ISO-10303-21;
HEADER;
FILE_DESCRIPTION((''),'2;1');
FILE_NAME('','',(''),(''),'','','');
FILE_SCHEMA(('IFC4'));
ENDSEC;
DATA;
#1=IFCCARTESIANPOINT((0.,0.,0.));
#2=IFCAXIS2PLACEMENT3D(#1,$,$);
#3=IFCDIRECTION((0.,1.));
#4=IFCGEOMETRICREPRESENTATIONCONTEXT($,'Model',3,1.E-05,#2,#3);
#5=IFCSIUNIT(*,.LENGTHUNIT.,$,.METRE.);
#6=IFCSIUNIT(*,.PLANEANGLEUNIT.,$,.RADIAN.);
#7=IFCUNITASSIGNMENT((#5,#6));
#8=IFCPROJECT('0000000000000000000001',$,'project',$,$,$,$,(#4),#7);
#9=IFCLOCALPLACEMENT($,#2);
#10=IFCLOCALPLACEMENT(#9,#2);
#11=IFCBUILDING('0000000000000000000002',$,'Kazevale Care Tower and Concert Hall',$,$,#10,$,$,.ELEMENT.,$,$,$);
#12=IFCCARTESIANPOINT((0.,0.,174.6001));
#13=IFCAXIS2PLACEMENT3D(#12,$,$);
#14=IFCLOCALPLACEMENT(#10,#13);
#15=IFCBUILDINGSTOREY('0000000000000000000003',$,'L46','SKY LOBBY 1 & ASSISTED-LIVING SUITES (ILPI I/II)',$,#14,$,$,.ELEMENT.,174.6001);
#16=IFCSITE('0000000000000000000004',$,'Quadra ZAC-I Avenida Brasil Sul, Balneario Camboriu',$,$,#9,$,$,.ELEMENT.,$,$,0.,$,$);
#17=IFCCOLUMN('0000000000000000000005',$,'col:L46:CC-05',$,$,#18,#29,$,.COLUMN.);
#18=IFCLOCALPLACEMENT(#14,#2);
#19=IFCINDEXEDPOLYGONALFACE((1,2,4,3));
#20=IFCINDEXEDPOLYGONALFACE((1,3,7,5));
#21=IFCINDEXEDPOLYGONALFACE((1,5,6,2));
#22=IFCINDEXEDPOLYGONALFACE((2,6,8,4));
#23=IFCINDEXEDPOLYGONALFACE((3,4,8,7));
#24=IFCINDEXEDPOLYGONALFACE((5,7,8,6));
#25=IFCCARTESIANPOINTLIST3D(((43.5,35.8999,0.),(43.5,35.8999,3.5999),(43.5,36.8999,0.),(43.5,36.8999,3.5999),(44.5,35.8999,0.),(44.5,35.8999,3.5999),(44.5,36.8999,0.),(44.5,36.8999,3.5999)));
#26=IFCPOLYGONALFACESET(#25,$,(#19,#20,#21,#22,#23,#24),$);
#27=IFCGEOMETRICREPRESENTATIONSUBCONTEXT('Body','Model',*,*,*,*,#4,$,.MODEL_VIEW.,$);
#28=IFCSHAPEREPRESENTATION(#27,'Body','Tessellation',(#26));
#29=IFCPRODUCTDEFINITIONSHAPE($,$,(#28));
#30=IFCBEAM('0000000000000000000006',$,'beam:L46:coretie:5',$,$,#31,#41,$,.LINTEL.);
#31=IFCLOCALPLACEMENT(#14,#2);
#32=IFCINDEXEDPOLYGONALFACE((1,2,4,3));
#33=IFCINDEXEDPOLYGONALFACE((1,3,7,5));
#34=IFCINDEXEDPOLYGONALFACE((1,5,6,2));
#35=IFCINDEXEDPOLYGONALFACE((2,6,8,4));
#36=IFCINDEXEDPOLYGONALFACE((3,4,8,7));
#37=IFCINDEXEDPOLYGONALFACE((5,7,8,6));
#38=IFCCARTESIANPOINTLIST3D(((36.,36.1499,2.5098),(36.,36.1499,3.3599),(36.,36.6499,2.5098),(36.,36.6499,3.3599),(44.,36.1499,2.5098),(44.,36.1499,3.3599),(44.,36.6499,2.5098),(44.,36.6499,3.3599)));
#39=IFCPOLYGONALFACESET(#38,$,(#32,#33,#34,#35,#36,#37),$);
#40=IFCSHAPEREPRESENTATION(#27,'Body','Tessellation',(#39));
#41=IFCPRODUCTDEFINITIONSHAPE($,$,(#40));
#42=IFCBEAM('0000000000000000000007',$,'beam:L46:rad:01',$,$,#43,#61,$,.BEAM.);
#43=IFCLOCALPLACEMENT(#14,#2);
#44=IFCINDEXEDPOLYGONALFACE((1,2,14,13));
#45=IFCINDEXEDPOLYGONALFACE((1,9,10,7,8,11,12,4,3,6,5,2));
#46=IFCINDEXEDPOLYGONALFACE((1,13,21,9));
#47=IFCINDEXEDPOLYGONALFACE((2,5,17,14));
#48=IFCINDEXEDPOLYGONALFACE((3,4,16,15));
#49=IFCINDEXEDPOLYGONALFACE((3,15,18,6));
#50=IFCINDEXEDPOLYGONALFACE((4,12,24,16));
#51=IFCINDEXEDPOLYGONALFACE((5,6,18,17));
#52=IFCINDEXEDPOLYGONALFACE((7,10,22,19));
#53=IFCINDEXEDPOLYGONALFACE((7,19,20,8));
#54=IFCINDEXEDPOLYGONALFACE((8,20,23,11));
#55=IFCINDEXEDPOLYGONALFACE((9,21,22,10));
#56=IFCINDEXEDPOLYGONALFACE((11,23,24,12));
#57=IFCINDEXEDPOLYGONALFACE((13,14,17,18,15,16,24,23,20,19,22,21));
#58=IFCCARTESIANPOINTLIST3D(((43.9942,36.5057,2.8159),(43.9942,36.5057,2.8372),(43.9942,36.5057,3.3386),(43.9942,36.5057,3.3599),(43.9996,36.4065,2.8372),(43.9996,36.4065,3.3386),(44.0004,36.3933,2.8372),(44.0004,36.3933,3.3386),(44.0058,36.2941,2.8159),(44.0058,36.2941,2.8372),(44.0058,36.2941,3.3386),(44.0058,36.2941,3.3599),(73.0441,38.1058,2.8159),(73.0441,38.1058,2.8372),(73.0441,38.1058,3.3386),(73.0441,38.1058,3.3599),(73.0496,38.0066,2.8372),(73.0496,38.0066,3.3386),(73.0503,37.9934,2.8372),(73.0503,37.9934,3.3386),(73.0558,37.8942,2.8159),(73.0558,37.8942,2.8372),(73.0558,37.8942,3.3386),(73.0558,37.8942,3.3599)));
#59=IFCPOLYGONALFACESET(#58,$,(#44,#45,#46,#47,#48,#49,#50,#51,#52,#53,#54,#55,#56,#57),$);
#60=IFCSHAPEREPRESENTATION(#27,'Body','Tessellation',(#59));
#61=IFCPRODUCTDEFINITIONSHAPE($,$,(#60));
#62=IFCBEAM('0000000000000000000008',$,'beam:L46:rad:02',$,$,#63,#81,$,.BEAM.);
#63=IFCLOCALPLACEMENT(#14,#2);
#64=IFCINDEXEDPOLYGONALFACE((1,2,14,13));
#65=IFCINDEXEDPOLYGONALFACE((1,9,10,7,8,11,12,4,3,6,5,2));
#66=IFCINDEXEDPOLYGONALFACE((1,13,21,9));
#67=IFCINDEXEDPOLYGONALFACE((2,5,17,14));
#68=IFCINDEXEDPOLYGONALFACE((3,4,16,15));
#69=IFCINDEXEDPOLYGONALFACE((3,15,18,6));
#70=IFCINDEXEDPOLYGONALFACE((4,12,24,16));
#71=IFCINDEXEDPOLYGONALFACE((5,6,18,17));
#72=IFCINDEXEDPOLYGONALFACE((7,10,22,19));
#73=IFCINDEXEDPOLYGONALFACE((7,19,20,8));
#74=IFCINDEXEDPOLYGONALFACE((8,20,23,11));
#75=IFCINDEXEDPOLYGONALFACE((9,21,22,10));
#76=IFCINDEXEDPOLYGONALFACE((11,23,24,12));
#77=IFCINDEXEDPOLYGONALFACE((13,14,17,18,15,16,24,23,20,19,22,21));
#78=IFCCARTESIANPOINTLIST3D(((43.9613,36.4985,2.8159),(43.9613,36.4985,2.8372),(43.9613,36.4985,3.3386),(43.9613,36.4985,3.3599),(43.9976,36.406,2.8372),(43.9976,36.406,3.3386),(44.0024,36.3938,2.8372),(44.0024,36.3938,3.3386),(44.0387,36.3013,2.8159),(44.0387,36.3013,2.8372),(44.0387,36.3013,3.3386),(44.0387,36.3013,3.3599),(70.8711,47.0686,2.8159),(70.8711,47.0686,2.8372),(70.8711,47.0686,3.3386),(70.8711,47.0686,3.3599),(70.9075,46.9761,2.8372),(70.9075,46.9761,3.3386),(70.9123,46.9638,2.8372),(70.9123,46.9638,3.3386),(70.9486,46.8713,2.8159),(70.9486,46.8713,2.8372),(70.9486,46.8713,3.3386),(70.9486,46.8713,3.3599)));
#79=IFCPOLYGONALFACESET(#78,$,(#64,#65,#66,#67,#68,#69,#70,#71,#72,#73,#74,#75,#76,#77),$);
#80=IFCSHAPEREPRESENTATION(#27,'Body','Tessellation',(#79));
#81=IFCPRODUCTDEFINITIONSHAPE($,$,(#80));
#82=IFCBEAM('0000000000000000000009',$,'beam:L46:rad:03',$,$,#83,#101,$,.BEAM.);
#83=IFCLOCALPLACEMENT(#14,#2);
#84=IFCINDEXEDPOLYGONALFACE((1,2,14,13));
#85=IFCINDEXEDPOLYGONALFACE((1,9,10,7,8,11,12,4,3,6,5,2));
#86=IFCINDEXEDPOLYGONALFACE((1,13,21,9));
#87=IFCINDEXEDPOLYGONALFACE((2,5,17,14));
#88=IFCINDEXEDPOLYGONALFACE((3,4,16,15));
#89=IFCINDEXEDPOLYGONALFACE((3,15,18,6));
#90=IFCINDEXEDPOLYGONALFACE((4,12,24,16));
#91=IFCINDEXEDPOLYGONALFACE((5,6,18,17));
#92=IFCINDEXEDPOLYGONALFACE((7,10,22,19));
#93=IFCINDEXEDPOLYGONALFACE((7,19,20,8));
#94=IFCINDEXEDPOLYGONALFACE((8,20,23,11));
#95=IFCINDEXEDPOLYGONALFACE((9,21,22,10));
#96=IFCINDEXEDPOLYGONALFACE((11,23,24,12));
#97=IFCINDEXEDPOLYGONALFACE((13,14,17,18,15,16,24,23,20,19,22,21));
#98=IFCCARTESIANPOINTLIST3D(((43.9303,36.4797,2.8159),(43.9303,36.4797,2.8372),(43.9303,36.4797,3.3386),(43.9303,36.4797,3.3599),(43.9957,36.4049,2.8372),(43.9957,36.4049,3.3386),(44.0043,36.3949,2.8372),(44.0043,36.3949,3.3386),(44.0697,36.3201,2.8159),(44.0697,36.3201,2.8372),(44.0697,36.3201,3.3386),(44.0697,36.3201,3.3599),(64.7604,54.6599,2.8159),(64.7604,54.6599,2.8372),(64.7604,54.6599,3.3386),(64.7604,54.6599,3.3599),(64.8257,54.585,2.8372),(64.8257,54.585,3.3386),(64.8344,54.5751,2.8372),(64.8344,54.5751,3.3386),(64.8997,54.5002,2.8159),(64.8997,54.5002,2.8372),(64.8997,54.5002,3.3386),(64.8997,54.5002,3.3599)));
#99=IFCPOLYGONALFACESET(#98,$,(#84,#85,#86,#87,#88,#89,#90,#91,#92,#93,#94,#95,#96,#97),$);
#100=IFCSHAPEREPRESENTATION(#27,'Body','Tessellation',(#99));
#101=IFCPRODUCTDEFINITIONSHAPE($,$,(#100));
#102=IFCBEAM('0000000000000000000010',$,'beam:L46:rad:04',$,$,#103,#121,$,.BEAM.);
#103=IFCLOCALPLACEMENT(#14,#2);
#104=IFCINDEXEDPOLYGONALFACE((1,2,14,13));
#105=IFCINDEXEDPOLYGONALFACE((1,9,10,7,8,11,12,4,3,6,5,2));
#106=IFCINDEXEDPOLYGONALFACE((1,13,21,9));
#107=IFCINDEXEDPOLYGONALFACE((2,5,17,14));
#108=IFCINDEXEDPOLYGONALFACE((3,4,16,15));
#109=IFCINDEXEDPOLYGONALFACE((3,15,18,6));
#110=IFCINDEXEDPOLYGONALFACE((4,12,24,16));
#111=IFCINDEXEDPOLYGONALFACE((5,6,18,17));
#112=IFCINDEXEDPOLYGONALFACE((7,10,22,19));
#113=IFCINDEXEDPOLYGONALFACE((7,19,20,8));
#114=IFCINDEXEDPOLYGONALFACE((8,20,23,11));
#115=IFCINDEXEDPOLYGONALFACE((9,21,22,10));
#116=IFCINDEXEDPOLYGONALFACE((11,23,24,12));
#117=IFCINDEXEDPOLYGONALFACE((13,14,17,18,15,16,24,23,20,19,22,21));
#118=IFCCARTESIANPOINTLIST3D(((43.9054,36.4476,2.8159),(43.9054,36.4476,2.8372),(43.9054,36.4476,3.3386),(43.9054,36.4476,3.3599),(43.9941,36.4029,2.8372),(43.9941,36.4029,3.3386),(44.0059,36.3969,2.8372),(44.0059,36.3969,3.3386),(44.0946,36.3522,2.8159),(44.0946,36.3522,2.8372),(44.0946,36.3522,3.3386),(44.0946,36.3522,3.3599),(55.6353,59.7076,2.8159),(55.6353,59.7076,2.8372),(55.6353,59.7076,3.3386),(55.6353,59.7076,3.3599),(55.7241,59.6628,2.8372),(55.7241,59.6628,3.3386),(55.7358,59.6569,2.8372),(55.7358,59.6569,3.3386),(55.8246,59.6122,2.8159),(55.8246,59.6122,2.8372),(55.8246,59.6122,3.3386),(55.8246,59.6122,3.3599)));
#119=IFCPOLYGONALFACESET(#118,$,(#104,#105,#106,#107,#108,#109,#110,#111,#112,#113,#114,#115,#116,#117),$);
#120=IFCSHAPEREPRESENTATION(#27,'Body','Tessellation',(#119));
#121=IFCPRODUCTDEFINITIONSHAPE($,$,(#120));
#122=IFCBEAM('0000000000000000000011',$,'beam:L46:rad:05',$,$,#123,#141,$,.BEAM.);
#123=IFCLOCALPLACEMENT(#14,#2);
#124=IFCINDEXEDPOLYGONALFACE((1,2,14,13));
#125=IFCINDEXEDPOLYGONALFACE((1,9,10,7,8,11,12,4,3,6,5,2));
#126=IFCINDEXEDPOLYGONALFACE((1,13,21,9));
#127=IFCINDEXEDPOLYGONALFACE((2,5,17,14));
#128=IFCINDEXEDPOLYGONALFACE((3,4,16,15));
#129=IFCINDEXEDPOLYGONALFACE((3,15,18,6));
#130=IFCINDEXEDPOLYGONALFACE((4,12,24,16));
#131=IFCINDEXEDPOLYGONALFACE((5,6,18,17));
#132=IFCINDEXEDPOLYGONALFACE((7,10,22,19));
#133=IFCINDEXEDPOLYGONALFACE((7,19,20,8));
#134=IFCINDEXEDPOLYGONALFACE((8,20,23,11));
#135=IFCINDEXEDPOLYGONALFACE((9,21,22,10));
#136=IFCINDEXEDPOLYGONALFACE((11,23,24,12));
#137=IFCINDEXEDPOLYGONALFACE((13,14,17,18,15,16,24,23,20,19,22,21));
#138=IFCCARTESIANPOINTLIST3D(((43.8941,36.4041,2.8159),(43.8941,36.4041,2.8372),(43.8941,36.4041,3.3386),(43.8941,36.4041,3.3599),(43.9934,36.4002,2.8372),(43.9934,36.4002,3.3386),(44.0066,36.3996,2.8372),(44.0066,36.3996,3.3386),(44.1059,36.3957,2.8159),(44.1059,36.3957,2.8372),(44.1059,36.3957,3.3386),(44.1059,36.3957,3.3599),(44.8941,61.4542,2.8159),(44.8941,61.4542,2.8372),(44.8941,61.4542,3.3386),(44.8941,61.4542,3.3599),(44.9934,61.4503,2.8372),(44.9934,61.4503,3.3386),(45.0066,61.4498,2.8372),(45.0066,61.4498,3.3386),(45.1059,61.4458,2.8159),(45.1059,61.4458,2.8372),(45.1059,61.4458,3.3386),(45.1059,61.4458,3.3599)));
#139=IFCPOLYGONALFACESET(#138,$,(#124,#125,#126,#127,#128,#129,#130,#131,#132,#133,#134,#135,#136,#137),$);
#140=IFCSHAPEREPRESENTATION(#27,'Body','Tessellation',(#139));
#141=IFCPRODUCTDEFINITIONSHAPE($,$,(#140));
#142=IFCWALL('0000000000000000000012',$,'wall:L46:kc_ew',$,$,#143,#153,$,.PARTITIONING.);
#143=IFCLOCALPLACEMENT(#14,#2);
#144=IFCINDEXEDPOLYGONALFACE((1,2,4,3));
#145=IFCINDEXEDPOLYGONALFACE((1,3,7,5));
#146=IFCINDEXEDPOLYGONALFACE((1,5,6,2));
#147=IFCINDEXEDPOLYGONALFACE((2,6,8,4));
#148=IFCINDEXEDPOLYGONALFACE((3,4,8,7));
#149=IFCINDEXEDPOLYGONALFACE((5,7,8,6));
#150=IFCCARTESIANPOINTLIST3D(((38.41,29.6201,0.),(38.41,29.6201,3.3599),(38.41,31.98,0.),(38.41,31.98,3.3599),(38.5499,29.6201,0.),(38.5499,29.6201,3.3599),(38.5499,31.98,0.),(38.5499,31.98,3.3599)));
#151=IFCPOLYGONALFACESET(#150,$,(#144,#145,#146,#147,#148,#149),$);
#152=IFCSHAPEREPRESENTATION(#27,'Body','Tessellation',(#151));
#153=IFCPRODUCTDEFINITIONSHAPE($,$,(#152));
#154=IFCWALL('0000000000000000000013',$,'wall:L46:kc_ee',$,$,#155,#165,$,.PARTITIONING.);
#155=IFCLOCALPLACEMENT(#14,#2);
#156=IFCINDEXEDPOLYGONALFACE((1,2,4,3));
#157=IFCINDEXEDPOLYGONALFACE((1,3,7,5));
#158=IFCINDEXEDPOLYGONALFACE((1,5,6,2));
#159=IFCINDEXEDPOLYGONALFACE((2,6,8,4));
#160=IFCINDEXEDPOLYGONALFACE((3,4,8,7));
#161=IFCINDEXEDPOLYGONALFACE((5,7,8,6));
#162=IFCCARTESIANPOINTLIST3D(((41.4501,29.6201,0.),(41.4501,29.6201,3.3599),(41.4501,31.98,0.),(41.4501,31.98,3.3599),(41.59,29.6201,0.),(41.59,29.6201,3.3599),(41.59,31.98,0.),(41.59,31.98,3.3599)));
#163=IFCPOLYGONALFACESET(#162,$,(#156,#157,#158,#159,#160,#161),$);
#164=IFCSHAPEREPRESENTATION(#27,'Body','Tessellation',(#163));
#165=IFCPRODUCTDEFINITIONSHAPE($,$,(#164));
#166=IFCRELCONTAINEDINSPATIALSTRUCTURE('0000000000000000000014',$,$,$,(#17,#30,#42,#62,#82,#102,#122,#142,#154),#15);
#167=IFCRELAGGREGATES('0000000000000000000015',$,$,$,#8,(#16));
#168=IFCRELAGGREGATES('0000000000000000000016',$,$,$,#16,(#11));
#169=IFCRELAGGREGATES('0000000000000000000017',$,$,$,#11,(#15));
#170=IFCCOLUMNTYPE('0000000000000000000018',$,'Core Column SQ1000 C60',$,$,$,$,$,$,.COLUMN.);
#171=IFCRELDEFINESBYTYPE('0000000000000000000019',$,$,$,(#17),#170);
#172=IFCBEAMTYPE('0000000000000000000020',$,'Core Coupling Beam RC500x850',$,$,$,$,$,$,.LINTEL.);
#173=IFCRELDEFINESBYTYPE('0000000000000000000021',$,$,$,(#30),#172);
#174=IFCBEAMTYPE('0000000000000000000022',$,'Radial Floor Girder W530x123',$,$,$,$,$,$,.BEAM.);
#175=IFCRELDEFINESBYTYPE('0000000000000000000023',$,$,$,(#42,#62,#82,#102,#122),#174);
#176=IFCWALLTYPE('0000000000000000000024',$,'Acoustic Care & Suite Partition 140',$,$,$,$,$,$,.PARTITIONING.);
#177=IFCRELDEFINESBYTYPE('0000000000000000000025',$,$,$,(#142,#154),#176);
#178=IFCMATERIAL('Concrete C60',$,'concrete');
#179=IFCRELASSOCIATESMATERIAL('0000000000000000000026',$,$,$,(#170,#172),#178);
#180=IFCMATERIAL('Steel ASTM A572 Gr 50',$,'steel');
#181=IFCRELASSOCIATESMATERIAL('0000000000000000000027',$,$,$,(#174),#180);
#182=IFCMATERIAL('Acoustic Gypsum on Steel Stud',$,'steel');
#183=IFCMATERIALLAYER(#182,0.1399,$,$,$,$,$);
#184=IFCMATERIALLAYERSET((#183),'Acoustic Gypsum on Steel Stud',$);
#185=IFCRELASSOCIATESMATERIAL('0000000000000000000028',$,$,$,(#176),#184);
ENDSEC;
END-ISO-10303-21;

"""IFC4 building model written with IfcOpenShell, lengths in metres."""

from ifc_helpers import new_model, si_unit, direction, frame, frame_2d, origin, origin_2d, place, context, subcontext, project, spatial, rectangle, i_section, extrude, material, layer, layer_set, material_profile, profile_set, type_object, element, save


model = new_model("IFC4")

# Units and contexts
model_context = context("Model", 3, precision=1e-05, world=origin(), true_north=direction((0.0, 1.0)))
body_context = subcontext(model_context, "Body", "Model", "MODEL_VIEW")
ifc_project = project(units=[si_unit("LENGTHUNIT", "METRE"), si_unit("PLANEANGLEUNIT", "RADIAN")], contexts=[model_context])

# Site, building, storey
site_placement = place(None, origin())
site = spatial("IfcSite", under=ifc_project, at=site_placement, Name="Quadra ZAC-I Avenida Brasil Sul, Balneario Camboriu", CompositionType="ELEMENT", RefElevation=0.0)
building_placement = place(site_placement, origin())
building = spatial("IfcBuilding", under=site, at=building_placement, Name="Kazevale Care Tower and Concert Hall", CompositionType="ELEMENT")
storey_placement = place(building_placement, frame((0.0, 0.0, 174.6001)))
storey = spatial("IfcBuildingStorey", under=building, at=storey_placement, Name="L46", Description="SKY LOBBY 1 & ASSISTED-LIVING SUITES (ILPI I/II)", CompositionType="ELEMENT", Elevation=174.6001)

# Column
ifc_material_1 = material(Name="Concrete C60", Category="concrete")
ifc_material_profile_1 = material_profile(ifc_material_1, rectangle(XDim=1.0, YDim=1.0, at=origin_2d()), Name="RC-SQ1000")
ifc_profile_set_1 = profile_set([ifc_material_profile_1], Name="Concrete C60")
column_type = type_object("IfcColumnType", Name="Core Column SQ1000 C60", PredefinedType="COLUMN", material=ifc_profile_set_1)
column_placement = place(storey_placement, frame((44.0, 36.3999, 0.0), z_axis=(0.0, 0.0, 1.0), x_axis=(1.0, 0.0, 0.0)))
element("IfcColumn", 1, at=column_placement, inside=storey, type_object=column_type, Name="col:L46:CC-05", PredefinedType="COLUMN", context=body_context, shape_type="SweptSolid", body=[
    extrude(rectangle(XDim=1.0, YDim=1.0, at=origin_2d()), origin(), (0.0, 0.0, 1.0), 3.5999),
])

# Beams
ifc_material_profile_2 = material_profile(ifc_material_1, rectangle(XDim=0.5, YDim=0.8501, at=origin_2d()), Name="RC-B500x850")
ifc_profile_set_2 = profile_set([ifc_material_profile_2], Name="Concrete C60")
beam_type_1 = type_object("IfcBeamType", Name="Core Coupling Beam RC500x850", PredefinedType="LINTEL", material=ifc_profile_set_2)
beam_1_placement = place(storey_placement, frame((44.0, 36.3999, 2.9348), z_axis=(-1.0, 0.0, 0.0), x_axis=(0.0, -1.0, 0.0)))
element("IfcBeam", 2, at=beam_1_placement, inside=storey, type_object=beam_type_1, Name="beam:L46:coretie:5", PredefinedType="LINTEL", context=body_context, shape_type="SweptSolid", body=[
    extrude(rectangle(XDim=0.5, YDim=0.8501, at=origin_2d()), origin(), (0.0, 0.0, 1.0), 8.0),
])
ifc_material_2 = material(Name="Steel ASTM A572 Gr 50", Category="steel")
ifc_material_profile_3 = material_profile(ifc_material_2, i_section(OverallWidth=0.2119, OverallDepth=0.5439, WebThickness=0.0132, FlangeThickness=0.0212, at=origin_2d()), Name="W530x123")
ifc_profile_set_3 = profile_set([ifc_material_profile_3], Name="Steel ASTM A572 Gr 50")
beam_type_2 = type_object("IfcBeamType", Name="Radial Floor Girder W530x123", PredefinedType="BEAM", material=ifc_profile_set_3)
beam_2_placement = place(storey_placement, frame((44.0, 36.3999, 3.0879), z_axis=(0.998487, 0.054997, 0.0), x_axis=(-0.054997, 0.998487, 0.0)))
element("IfcBeam", 3, at=beam_2_placement, inside=storey, type_object=beam_type_2, Name="beam:L46:rad:01", PredefinedType="BEAM", context=body_context, shape_type="SweptSolid", body=[
    extrude(i_section(OverallWidth=0.2119, OverallDepth=0.5439, WebThickness=0.0132, FlangeThickness=0.0212, at=origin_2d()), origin(), (0.0, 0.0, 1.0), 29.094),
])
beam_3_placement = place(storey_placement, frame((44.0, 36.3999, 3.0879), z_axis=(0.930771, 0.365602, 0.0), x_axis=(-0.365602, 0.930771, 0.0)))
element("IfcBeam", 4, at=beam_3_placement, inside=storey, type_object=beam_type_2, Name="beam:L46:rad:02", PredefinedType="BEAM", context=body_context, shape_type="SweptSolid", body=[
    extrude(i_section(OverallWidth=0.2119, OverallDepth=0.5439, WebThickness=0.0132, FlangeThickness=0.0212, at=origin_2d()), origin(), (0.0, 0.0, 1.0), 28.9114),
])
beam_4_placement = place(storey_placement, frame((44.0, 36.3999, 3.0879), z_axis=(0.753403, 0.657559, 0.0), x_axis=(-0.657559, 0.753403, 0.0)))
element("IfcBeam", 5, at=beam_4_placement, inside=storey, type_object=beam_type_2, Name="beam:L46:rad:03", PredefinedType="BEAM", context=body_context, shape_type="SweptSolid", body=[
    extrude(i_section(OverallWidth=0.2119, OverallDepth=0.5439, WebThickness=0.0132, FlangeThickness=0.0212, at=origin_2d()), origin(), (0.0, 0.0, 1.0), 27.6479),
])
beam_5_placement = place(storey_placement, frame((44.0, 36.3999, 3.0879), z_axis=(0.450281, 0.892887, 0.0), x_axis=(-0.892887, 0.450281, 0.0)))
element("IfcBeam", 6, at=beam_5_placement, inside=storey, type_object=beam_type_2, Name="beam:L46:rad:04", PredefinedType="BEAM", context=body_context, shape_type="SweptSolid", body=[
    extrude(i_section(OverallWidth=0.2119, OverallDepth=0.5439, WebThickness=0.0132, FlangeThickness=0.0212, at=origin_2d()), origin(), (0.0, 0.0, 1.0), 26.0503),
])
beam_6_placement = place(storey_placement, frame((44.0, 36.3999, 3.0879), z_axis=(0.039888, 0.999204, 0.0), x_axis=(-0.999204, 0.039888, 0.0)))
element("IfcBeam", 7, at=beam_6_placement, inside=storey, type_object=beam_type_2, Name="beam:L46:rad:05", PredefinedType="BEAM", context=body_context, shape_type="SweptSolid", body=[
    extrude(i_section(OverallWidth=0.2119, OverallDepth=0.5439, WebThickness=0.0132, FlangeThickness=0.0212, at=origin_2d()), origin(), (0.0, 0.0, 1.0), 25.0701),
])

# Walls
ifc_material_3 = material(Name="Acoustic Gypsum on Steel Stud", Category="steel")
ifc_layer_1 = layer(ifc_material_3, 0.1399)
ifc_layer_set_1 = layer_set([ifc_layer_1], Name="Acoustic Gypsum on Steel Stud")
wall_type_1 = type_object("IfcWallType", Name="Acoustic Care & Suite Partition 140", PredefinedType="PARTITIONING", material=ifc_layer_set_1)
for number, where, z_axis, x_axis, name in (
    (8, (38.48, 29.6201, 0.0), (0.0, 0.0, 1.0), (0.0, 1.0, 0.0), "wall:L46:kc_ew"),
    (9, (41.52, 29.6201, 0.0), (0.0, 0.0, 1.0), (0.0, 1.0, 0.0), "wall:L46:kc_ee"),
):
    element("IfcWall", number, at=place(storey_placement, frame(where, z_axis=z_axis, x_axis=x_axis)), inside=storey, type_object=wall_type_1, Name=name, PredefinedType="PARTITIONING", context=body_context, shape_type="SweptSolid", body=[
        extrude(rectangle(XDim=2.3599, YDim=0.1399, at=frame_2d((1.1799, 0.0))), origin(), (0.0, 0.0, 1.0), 3.3599),
    ])

save(model, "model.ifc")
